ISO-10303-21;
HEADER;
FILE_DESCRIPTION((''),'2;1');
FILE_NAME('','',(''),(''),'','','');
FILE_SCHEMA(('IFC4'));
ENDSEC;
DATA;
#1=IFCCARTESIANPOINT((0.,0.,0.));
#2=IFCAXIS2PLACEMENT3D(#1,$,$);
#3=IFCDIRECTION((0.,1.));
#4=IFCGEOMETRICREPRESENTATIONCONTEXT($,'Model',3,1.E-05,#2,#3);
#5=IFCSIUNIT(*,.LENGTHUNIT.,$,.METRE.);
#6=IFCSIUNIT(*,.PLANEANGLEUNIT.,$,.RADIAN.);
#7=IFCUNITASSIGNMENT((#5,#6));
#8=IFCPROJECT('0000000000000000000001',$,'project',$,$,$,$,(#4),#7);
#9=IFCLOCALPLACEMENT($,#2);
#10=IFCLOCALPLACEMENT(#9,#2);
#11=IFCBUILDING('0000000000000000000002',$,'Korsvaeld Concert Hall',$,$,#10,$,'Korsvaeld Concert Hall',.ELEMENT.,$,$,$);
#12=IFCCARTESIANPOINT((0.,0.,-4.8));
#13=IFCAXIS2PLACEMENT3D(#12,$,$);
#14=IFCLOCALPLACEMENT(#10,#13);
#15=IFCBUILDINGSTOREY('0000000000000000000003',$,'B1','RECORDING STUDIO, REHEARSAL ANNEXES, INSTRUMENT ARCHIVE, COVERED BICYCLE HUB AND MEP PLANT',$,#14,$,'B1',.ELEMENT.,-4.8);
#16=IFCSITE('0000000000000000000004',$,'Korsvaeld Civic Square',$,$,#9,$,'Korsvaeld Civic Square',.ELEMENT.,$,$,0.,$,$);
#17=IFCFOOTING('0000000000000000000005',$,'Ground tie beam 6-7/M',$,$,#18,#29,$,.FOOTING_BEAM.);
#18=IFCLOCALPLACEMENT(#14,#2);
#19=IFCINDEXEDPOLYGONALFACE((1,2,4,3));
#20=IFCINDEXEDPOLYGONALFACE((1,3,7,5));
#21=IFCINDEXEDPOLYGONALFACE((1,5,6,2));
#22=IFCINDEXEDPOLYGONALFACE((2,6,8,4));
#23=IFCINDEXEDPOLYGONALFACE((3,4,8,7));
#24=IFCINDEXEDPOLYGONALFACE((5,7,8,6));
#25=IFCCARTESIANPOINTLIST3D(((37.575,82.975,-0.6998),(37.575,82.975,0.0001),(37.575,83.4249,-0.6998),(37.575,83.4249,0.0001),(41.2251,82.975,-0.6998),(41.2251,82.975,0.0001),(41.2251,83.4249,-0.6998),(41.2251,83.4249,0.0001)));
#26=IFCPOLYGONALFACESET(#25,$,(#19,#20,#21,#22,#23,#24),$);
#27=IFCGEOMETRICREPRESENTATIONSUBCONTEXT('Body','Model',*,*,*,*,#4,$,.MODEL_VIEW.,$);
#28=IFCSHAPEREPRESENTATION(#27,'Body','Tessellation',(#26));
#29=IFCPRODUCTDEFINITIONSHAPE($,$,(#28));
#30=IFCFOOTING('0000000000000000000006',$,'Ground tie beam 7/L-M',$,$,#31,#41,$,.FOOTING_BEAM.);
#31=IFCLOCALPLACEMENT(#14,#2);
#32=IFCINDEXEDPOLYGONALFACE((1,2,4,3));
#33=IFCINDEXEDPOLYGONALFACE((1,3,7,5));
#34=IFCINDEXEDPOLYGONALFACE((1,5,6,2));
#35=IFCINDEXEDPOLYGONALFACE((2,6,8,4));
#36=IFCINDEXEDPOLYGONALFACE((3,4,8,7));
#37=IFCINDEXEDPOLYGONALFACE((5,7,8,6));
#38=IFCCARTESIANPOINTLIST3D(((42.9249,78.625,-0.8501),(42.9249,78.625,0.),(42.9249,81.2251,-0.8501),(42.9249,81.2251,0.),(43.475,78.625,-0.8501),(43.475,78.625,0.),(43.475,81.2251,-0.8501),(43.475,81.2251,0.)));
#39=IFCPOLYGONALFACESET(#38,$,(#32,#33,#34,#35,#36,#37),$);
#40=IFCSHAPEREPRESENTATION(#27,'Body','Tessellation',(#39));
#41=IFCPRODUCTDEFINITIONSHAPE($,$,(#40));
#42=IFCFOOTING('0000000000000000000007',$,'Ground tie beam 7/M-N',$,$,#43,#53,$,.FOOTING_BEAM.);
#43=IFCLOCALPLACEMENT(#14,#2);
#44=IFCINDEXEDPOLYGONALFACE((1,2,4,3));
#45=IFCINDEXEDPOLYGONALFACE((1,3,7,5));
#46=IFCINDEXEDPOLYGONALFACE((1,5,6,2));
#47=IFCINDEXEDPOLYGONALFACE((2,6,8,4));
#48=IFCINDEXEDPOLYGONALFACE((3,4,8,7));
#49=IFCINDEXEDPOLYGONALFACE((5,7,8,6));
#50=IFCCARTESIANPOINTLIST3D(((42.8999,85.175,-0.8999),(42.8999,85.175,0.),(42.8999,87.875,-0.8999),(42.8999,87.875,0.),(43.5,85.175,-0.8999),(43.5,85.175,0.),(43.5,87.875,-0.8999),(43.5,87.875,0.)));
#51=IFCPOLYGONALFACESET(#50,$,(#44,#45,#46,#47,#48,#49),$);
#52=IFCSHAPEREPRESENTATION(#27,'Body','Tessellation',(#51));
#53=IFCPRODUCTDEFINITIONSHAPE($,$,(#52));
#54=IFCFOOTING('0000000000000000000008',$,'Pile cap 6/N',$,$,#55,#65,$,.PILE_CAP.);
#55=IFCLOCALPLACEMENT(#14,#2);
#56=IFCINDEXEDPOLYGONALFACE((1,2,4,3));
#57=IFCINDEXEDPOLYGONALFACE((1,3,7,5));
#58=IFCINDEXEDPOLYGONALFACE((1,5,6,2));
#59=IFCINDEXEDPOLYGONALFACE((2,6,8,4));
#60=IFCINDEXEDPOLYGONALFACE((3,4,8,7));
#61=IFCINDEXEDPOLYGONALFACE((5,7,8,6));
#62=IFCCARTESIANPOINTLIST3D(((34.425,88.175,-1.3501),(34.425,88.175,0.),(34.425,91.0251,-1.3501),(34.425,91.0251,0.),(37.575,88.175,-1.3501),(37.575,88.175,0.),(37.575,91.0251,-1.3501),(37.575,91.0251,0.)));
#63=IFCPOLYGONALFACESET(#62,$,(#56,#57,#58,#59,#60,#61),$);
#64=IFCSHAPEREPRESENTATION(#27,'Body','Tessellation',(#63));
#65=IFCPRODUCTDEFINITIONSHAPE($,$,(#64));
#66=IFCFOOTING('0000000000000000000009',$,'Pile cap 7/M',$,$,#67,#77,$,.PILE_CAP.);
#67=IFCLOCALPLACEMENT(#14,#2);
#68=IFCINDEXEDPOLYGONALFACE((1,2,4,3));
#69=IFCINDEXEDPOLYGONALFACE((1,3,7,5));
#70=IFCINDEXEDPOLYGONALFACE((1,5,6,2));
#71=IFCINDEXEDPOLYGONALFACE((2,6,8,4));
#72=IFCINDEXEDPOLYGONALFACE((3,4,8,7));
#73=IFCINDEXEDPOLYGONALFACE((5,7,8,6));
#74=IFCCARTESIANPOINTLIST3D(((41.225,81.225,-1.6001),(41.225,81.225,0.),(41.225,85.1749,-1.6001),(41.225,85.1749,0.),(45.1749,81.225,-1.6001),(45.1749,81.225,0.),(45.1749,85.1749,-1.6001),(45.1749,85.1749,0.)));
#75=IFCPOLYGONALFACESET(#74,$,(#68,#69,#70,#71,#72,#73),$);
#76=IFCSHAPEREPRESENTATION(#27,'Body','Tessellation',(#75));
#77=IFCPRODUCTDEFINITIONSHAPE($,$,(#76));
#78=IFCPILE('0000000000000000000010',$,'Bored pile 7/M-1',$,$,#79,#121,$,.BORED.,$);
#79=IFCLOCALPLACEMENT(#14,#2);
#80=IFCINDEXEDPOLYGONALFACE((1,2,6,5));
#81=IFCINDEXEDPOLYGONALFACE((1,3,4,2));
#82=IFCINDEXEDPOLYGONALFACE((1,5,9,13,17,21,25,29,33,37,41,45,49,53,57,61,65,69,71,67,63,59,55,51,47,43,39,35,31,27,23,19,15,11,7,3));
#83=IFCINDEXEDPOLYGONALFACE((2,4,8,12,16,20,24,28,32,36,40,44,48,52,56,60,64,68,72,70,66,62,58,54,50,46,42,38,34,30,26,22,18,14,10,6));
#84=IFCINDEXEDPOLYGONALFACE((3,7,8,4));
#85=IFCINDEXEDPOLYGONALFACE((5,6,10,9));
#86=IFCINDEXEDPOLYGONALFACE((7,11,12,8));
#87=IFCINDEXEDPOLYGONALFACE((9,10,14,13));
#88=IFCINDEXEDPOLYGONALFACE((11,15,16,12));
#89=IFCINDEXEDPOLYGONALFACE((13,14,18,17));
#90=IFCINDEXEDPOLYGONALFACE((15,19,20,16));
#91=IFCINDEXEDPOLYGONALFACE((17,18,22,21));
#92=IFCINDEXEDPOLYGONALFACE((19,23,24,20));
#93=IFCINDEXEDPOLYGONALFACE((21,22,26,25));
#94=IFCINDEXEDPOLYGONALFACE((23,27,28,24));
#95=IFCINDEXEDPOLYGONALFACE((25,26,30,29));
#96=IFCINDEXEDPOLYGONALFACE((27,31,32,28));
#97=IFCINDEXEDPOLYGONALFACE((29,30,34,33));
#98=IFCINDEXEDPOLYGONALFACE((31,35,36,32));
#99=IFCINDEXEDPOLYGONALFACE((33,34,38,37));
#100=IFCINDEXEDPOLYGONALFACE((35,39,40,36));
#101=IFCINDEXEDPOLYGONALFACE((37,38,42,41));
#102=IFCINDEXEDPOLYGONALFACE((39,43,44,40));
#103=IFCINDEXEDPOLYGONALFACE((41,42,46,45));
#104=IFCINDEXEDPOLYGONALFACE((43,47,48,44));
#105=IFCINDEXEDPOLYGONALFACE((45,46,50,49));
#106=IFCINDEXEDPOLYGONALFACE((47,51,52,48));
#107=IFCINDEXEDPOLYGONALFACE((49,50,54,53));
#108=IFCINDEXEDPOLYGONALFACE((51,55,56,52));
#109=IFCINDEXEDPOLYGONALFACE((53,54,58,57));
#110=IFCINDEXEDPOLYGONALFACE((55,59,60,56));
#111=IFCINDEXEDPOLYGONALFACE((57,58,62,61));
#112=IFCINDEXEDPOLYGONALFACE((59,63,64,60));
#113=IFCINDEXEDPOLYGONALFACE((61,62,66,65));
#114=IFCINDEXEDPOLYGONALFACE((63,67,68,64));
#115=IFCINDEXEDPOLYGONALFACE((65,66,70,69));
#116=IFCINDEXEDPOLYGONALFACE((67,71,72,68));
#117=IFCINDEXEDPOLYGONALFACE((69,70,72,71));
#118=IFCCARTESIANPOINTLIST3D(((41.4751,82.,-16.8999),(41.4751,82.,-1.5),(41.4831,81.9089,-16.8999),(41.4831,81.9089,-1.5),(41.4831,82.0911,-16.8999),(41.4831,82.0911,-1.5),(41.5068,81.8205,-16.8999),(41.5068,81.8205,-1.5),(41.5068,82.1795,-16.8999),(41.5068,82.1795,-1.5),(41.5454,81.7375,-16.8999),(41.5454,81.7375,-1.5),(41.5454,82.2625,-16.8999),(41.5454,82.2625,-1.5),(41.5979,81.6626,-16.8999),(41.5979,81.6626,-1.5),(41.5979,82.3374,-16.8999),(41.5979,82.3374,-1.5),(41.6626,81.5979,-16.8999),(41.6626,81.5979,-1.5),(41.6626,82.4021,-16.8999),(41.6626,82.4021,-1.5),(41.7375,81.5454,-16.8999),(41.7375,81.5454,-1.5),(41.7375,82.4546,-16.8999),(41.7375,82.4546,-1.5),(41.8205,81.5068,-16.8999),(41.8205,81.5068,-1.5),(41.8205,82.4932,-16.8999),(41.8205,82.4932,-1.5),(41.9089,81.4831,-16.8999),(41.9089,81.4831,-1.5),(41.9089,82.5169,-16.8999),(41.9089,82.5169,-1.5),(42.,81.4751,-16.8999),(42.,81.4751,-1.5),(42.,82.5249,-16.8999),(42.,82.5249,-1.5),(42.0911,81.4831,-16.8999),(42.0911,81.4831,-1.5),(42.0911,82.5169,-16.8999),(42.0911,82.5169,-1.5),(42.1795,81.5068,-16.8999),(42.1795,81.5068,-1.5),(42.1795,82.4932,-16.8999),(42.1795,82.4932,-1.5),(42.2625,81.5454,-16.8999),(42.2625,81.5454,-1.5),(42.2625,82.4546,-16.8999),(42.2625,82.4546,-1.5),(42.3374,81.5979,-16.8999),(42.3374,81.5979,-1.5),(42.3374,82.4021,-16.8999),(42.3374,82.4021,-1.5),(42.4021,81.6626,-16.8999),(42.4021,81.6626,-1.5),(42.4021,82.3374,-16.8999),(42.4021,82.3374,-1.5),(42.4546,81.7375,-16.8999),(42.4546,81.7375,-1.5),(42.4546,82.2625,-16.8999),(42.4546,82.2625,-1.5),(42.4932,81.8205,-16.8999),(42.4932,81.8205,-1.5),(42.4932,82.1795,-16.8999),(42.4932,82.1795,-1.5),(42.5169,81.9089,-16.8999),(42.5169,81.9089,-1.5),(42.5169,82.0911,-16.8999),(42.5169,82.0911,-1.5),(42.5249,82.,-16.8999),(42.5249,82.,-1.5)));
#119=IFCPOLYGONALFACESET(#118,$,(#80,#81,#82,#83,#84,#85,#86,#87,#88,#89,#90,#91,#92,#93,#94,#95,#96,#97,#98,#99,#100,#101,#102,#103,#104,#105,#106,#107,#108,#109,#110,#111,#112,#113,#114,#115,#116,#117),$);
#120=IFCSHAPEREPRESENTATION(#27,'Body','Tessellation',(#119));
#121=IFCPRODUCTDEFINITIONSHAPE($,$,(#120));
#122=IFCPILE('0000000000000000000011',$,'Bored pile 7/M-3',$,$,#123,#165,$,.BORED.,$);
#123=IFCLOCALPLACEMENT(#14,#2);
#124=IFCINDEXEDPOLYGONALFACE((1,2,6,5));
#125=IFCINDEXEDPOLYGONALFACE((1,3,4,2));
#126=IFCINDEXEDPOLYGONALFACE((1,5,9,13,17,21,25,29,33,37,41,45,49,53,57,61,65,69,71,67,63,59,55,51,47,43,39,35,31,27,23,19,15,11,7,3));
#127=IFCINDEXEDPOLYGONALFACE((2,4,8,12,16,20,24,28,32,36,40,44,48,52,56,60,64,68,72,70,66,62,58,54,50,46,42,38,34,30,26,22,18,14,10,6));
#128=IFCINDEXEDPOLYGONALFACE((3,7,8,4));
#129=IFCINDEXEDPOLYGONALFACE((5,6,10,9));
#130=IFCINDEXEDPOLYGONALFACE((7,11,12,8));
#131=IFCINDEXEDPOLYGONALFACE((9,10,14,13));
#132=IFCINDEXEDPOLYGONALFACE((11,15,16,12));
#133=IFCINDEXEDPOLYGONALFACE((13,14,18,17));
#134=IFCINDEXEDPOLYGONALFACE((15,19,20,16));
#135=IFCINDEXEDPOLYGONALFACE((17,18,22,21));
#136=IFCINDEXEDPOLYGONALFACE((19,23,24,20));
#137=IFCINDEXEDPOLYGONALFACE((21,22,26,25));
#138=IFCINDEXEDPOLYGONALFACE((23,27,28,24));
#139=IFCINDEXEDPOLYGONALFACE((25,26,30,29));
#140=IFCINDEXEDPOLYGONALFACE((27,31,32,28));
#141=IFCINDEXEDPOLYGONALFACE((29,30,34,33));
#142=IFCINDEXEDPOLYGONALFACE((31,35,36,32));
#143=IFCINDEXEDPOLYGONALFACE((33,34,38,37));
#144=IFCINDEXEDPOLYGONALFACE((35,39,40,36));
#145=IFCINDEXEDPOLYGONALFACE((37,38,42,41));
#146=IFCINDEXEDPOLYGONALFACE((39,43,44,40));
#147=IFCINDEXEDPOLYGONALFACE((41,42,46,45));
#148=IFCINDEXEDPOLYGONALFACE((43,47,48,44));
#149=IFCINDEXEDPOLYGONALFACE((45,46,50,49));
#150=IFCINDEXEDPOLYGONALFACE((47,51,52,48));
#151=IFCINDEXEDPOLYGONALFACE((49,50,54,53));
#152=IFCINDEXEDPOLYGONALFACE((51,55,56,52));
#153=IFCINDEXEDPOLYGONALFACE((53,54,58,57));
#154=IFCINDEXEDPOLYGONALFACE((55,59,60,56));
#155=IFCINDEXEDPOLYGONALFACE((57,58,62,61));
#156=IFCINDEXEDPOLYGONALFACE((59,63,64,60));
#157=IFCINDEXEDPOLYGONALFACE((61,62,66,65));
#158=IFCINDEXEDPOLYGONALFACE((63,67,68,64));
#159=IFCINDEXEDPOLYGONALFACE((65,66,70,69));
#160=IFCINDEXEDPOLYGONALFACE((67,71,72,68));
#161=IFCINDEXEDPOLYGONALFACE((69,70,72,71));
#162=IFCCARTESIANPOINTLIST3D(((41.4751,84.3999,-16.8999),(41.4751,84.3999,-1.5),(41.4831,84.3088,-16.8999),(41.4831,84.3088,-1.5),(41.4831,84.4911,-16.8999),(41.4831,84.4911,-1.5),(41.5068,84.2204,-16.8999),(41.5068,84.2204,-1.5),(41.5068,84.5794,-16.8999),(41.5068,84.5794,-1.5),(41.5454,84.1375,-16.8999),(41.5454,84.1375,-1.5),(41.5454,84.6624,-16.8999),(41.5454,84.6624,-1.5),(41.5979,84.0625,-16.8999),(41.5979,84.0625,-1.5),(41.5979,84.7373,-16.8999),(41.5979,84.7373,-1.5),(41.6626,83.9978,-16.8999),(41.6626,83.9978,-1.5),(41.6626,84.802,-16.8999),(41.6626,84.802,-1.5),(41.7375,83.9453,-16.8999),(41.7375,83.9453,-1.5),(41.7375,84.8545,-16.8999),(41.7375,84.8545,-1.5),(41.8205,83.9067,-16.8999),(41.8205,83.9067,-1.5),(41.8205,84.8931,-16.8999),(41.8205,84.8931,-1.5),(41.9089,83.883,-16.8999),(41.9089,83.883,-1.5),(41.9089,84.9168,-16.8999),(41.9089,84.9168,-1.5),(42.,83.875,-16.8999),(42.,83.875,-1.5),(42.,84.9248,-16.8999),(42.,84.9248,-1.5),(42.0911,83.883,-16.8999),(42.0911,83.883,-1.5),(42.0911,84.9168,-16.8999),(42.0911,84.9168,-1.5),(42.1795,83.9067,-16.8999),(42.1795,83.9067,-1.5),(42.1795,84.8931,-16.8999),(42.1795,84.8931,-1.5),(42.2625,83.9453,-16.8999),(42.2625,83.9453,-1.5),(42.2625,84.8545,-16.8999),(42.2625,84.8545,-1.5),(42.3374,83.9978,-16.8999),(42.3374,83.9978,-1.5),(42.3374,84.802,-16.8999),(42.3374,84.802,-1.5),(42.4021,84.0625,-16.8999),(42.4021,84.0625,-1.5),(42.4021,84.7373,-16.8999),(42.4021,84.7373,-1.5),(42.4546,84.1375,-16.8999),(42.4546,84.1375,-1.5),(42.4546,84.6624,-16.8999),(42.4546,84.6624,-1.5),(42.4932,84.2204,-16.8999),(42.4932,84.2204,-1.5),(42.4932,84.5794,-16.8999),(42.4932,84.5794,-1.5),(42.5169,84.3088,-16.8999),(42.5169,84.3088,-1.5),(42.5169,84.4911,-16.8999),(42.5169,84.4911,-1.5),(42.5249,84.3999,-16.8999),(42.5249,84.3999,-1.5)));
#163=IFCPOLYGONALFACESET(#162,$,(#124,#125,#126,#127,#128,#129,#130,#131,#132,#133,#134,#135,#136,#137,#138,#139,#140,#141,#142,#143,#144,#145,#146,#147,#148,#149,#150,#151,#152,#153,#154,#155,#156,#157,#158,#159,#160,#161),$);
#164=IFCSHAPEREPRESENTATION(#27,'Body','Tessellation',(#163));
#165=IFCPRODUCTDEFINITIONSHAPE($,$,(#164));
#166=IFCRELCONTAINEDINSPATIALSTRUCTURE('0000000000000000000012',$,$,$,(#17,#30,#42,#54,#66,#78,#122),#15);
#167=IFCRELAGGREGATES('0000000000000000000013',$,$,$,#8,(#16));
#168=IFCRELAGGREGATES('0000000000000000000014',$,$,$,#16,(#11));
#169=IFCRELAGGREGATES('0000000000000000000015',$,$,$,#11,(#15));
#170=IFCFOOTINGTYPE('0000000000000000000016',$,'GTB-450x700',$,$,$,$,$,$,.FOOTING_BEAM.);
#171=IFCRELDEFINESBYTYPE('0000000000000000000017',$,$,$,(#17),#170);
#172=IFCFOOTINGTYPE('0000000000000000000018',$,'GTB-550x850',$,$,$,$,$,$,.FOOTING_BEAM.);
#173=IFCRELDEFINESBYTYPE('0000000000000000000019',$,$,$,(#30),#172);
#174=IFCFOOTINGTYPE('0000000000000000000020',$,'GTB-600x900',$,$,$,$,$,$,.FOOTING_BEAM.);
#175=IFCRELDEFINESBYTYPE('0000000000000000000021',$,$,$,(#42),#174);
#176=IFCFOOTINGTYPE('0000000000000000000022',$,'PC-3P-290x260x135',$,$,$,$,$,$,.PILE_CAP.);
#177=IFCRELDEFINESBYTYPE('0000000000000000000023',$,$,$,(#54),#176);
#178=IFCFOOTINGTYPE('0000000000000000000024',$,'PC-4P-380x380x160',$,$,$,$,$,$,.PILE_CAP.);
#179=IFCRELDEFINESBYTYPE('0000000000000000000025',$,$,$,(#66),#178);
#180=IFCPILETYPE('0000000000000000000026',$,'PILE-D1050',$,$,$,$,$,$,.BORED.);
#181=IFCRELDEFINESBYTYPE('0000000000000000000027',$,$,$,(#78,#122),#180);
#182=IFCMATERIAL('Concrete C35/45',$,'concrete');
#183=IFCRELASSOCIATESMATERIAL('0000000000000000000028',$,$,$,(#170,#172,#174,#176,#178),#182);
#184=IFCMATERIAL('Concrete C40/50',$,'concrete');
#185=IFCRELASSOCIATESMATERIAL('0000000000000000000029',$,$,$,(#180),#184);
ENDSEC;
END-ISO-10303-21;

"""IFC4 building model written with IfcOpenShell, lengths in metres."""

from ifc_helpers import new_model, si_unit, direction, frame, origin, origin_2d, place, context, subcontext, project, spatial, rectangle, circle, extrude, material, material_profile, profile_set, type_object, element, save


model = new_model("IFC4")

# Units and contexts
model_context = context("Model", 3, precision=1e-05, world=origin(), true_north=direction((0.0, 1.0)))
body_context = subcontext(model_context, "Body", "Model", "MODEL_VIEW")
ifc_project = project(units=[si_unit("LENGTHUNIT", "METRE"), si_unit("PLANEANGLEUNIT", "RADIAN")], contexts=[model_context])

# Site, building, storey
site_placement = place(None, origin())
site = spatial("IfcSite", under=ifc_project, at=site_placement, Name="Korsvaeld Civic Square", LongName="Korsvaeld Civic Square", CompositionType="ELEMENT", RefElevation=0.0)
building_placement = place(site_placement, origin())
building = spatial("IfcBuilding", under=site, at=building_placement, Name="Korsvaeld Concert Hall", LongName="Korsvaeld Concert Hall", CompositionType="ELEMENT")
storey_placement = place(building_placement, frame((0.0, 0.0, -4.8)))
storey = spatial("IfcBuildingStorey", under=building, at=storey_placement, Name="B1", Description="RECORDING STUDIO, REHEARSAL ANNEXES, INSTRUMENT ARCHIVE, COVERED BICYCLE HUB AND MEP PLANT", LongName="B1", CompositionType="ELEMENT", Elevation=-4.8)

# Footings
ifc_material_1 = material(Name="Concrete C35/45", Category="concrete")
ifc_material_profile_1 = material_profile(ifc_material_1, rectangle(XDim=0.45, YDim=0.7, at=origin_2d()), Name="GTB 450x700")
ifc_profile_set_1 = profile_set([ifc_material_profile_1], Name="Concrete C35/45")
footing_type_1 = type_object("IfcFootingType", Name="GTB-450x700", PredefinedType="FOOTING_BEAM", material=ifc_profile_set_1)
footing_1_placement = place(storey_placement, frame((37.575, 83.2, -0.3499), z_axis=(1.0, 0.0, 0.0), x_axis=(0.0, 1.0, 0.0)))
element("IfcFooting", 1, at=footing_1_placement, inside=storey, type_object=footing_type_1, Name="Ground tie beam 6-7/M", PredefinedType="FOOTING_BEAM", context=body_context, shape_type="SweptSolid", body=[
    extrude(rectangle(XDim=0.45, YDim=0.7, at=origin_2d()), origin(), (0.0, 0.0, 1.0), 3.6501),
])
ifc_material_profile_2 = material_profile(ifc_material_1, rectangle(XDim=0.55, YDim=0.8501, at=origin_2d()), Name="GTB 550x850")
ifc_profile_set_2 = profile_set([ifc_material_profile_2], Name="Concrete C35/45")
footing_type_2 = type_object("IfcFootingType", Name="GTB-550x850", PredefinedType="FOOTING_BEAM", material=ifc_profile_set_2)
footing_2_placement = place(storey_placement, frame((43.2, 78.625, -0.425), z_axis=(0.0, 1.0, 0.0), x_axis=(-1.0, 0.0, 0.0)))
element("IfcFooting", 2, at=footing_2_placement, inside=storey, type_object=footing_type_2, Name="Ground tie beam 7/L-M", PredefinedType="FOOTING_BEAM", context=body_context, shape_type="SweptSolid", body=[
    extrude(rectangle(XDim=0.55, YDim=0.8501, at=origin_2d()), origin(), (0.0, 0.0, 1.0), 2.6001),
])
ifc_material_profile_3 = material_profile(ifc_material_1, rectangle(XDim=0.6001, YDim=0.8999, at=origin_2d()), Name="GTB 600x900")
ifc_profile_set_3 = profile_set([ifc_material_profile_3], Name="Concrete C35/45")
footing_type_3 = type_object("IfcFootingType", Name="GTB-600x900", PredefinedType="FOOTING_BEAM", material=ifc_profile_set_3)
footing_3_placement = place(storey_placement, frame((43.2, 85.175, -0.45), z_axis=(0.0, 1.0, 0.0), x_axis=(-1.0, 0.0, 0.0)))
element("IfcFooting", 3, at=footing_3_placement, inside=storey, type_object=footing_type_3, Name="Ground tie beam 7/M-N", PredefinedType="FOOTING_BEAM", context=body_context, shape_type="SweptSolid", body=[
    extrude(rectangle(XDim=0.6001, YDim=0.8999, at=origin_2d()), origin(), (0.0, 0.0, 1.0), 2.7),
])
footing_type_4 = type_object("IfcFootingType", Name="PC-3P-290x260x135", PredefinedType="PILE_CAP", material=ifc_material_1)
footing_4_placement = place(storey_placement, frame((36.0, 89.6001, -1.3501), z_axis=(0.0, 0.0, 1.0), x_axis=(1.0, 0.0, 0.0)))
element("IfcFooting", 4, at=footing_4_placement, inside=storey, type_object=footing_type_4, Name="Pile cap 6/N", PredefinedType="PILE_CAP", context=body_context, shape_type="SweptSolid", body=[
    extrude(rectangle(XDim=3.1499, YDim=2.8501, at=origin_2d()), origin(), (0.0, 0.0, 1.0), 1.3501),
])
footing_type_5 = type_object("IfcFootingType", Name="PC-4P-380x380x160", PredefinedType="PILE_CAP", material=ifc_material_1)
footing_5_placement = place(storey_placement, frame((43.2, 83.2, -1.6001), z_axis=(0.0, 0.0, 1.0), x_axis=(1.0, 0.0, 0.0)))
element("IfcFooting", 5, at=footing_5_placement, inside=storey, type_object=footing_type_5, Name="Pile cap 7/M", PredefinedType="PILE_CAP", context=body_context, shape_type="SweptSolid", body=[
    extrude(rectangle(XDim=3.95, YDim=3.95, at=origin_2d()), origin(), (0.0, 0.0, 1.0), 1.6001),
])

# Piles
ifc_material_2 = material(Name="Concrete C40/50", Category="concrete")
ifc_material_profile_4 = material_profile(ifc_material_2, circle(Radius=0.5249, at=origin_2d()), Name="BORED PILE D1050")
ifc_profile_set_4 = profile_set([ifc_material_profile_4], Name="Concrete C40/50")
pile_type_1 = type_object("IfcPileType", Name="PILE-D1050", PredefinedType="BORED", material=ifc_profile_set_4)
for number, where, z_axis, x_axis, name in (
    (6, (42.0, 82.0, -1.5), (0.0, 0.0, -1.0), (1.0, 0.0, 0.0), "Bored pile 7/M-1"),
    (7, (42.0, 84.3999, -1.5), (0.0, 0.0, -1.0), (1.0, 0.0, 0.0), "Bored pile 7/M-3"),
):
    element("IfcPile", number, at=place(storey_placement, frame(where, z_axis=z_axis, x_axis=x_axis)), inside=storey, type_object=pile_type_1, Name=name, PredefinedType="BORED", context=body_context, shape_type="SweptSolid", body=[
        extrude(circle(Radius=0.5249, at=origin_2d()), origin(), (0.0, 0.0, 1.0), 15.3999),
    ])

save(model, "model.ifc")
